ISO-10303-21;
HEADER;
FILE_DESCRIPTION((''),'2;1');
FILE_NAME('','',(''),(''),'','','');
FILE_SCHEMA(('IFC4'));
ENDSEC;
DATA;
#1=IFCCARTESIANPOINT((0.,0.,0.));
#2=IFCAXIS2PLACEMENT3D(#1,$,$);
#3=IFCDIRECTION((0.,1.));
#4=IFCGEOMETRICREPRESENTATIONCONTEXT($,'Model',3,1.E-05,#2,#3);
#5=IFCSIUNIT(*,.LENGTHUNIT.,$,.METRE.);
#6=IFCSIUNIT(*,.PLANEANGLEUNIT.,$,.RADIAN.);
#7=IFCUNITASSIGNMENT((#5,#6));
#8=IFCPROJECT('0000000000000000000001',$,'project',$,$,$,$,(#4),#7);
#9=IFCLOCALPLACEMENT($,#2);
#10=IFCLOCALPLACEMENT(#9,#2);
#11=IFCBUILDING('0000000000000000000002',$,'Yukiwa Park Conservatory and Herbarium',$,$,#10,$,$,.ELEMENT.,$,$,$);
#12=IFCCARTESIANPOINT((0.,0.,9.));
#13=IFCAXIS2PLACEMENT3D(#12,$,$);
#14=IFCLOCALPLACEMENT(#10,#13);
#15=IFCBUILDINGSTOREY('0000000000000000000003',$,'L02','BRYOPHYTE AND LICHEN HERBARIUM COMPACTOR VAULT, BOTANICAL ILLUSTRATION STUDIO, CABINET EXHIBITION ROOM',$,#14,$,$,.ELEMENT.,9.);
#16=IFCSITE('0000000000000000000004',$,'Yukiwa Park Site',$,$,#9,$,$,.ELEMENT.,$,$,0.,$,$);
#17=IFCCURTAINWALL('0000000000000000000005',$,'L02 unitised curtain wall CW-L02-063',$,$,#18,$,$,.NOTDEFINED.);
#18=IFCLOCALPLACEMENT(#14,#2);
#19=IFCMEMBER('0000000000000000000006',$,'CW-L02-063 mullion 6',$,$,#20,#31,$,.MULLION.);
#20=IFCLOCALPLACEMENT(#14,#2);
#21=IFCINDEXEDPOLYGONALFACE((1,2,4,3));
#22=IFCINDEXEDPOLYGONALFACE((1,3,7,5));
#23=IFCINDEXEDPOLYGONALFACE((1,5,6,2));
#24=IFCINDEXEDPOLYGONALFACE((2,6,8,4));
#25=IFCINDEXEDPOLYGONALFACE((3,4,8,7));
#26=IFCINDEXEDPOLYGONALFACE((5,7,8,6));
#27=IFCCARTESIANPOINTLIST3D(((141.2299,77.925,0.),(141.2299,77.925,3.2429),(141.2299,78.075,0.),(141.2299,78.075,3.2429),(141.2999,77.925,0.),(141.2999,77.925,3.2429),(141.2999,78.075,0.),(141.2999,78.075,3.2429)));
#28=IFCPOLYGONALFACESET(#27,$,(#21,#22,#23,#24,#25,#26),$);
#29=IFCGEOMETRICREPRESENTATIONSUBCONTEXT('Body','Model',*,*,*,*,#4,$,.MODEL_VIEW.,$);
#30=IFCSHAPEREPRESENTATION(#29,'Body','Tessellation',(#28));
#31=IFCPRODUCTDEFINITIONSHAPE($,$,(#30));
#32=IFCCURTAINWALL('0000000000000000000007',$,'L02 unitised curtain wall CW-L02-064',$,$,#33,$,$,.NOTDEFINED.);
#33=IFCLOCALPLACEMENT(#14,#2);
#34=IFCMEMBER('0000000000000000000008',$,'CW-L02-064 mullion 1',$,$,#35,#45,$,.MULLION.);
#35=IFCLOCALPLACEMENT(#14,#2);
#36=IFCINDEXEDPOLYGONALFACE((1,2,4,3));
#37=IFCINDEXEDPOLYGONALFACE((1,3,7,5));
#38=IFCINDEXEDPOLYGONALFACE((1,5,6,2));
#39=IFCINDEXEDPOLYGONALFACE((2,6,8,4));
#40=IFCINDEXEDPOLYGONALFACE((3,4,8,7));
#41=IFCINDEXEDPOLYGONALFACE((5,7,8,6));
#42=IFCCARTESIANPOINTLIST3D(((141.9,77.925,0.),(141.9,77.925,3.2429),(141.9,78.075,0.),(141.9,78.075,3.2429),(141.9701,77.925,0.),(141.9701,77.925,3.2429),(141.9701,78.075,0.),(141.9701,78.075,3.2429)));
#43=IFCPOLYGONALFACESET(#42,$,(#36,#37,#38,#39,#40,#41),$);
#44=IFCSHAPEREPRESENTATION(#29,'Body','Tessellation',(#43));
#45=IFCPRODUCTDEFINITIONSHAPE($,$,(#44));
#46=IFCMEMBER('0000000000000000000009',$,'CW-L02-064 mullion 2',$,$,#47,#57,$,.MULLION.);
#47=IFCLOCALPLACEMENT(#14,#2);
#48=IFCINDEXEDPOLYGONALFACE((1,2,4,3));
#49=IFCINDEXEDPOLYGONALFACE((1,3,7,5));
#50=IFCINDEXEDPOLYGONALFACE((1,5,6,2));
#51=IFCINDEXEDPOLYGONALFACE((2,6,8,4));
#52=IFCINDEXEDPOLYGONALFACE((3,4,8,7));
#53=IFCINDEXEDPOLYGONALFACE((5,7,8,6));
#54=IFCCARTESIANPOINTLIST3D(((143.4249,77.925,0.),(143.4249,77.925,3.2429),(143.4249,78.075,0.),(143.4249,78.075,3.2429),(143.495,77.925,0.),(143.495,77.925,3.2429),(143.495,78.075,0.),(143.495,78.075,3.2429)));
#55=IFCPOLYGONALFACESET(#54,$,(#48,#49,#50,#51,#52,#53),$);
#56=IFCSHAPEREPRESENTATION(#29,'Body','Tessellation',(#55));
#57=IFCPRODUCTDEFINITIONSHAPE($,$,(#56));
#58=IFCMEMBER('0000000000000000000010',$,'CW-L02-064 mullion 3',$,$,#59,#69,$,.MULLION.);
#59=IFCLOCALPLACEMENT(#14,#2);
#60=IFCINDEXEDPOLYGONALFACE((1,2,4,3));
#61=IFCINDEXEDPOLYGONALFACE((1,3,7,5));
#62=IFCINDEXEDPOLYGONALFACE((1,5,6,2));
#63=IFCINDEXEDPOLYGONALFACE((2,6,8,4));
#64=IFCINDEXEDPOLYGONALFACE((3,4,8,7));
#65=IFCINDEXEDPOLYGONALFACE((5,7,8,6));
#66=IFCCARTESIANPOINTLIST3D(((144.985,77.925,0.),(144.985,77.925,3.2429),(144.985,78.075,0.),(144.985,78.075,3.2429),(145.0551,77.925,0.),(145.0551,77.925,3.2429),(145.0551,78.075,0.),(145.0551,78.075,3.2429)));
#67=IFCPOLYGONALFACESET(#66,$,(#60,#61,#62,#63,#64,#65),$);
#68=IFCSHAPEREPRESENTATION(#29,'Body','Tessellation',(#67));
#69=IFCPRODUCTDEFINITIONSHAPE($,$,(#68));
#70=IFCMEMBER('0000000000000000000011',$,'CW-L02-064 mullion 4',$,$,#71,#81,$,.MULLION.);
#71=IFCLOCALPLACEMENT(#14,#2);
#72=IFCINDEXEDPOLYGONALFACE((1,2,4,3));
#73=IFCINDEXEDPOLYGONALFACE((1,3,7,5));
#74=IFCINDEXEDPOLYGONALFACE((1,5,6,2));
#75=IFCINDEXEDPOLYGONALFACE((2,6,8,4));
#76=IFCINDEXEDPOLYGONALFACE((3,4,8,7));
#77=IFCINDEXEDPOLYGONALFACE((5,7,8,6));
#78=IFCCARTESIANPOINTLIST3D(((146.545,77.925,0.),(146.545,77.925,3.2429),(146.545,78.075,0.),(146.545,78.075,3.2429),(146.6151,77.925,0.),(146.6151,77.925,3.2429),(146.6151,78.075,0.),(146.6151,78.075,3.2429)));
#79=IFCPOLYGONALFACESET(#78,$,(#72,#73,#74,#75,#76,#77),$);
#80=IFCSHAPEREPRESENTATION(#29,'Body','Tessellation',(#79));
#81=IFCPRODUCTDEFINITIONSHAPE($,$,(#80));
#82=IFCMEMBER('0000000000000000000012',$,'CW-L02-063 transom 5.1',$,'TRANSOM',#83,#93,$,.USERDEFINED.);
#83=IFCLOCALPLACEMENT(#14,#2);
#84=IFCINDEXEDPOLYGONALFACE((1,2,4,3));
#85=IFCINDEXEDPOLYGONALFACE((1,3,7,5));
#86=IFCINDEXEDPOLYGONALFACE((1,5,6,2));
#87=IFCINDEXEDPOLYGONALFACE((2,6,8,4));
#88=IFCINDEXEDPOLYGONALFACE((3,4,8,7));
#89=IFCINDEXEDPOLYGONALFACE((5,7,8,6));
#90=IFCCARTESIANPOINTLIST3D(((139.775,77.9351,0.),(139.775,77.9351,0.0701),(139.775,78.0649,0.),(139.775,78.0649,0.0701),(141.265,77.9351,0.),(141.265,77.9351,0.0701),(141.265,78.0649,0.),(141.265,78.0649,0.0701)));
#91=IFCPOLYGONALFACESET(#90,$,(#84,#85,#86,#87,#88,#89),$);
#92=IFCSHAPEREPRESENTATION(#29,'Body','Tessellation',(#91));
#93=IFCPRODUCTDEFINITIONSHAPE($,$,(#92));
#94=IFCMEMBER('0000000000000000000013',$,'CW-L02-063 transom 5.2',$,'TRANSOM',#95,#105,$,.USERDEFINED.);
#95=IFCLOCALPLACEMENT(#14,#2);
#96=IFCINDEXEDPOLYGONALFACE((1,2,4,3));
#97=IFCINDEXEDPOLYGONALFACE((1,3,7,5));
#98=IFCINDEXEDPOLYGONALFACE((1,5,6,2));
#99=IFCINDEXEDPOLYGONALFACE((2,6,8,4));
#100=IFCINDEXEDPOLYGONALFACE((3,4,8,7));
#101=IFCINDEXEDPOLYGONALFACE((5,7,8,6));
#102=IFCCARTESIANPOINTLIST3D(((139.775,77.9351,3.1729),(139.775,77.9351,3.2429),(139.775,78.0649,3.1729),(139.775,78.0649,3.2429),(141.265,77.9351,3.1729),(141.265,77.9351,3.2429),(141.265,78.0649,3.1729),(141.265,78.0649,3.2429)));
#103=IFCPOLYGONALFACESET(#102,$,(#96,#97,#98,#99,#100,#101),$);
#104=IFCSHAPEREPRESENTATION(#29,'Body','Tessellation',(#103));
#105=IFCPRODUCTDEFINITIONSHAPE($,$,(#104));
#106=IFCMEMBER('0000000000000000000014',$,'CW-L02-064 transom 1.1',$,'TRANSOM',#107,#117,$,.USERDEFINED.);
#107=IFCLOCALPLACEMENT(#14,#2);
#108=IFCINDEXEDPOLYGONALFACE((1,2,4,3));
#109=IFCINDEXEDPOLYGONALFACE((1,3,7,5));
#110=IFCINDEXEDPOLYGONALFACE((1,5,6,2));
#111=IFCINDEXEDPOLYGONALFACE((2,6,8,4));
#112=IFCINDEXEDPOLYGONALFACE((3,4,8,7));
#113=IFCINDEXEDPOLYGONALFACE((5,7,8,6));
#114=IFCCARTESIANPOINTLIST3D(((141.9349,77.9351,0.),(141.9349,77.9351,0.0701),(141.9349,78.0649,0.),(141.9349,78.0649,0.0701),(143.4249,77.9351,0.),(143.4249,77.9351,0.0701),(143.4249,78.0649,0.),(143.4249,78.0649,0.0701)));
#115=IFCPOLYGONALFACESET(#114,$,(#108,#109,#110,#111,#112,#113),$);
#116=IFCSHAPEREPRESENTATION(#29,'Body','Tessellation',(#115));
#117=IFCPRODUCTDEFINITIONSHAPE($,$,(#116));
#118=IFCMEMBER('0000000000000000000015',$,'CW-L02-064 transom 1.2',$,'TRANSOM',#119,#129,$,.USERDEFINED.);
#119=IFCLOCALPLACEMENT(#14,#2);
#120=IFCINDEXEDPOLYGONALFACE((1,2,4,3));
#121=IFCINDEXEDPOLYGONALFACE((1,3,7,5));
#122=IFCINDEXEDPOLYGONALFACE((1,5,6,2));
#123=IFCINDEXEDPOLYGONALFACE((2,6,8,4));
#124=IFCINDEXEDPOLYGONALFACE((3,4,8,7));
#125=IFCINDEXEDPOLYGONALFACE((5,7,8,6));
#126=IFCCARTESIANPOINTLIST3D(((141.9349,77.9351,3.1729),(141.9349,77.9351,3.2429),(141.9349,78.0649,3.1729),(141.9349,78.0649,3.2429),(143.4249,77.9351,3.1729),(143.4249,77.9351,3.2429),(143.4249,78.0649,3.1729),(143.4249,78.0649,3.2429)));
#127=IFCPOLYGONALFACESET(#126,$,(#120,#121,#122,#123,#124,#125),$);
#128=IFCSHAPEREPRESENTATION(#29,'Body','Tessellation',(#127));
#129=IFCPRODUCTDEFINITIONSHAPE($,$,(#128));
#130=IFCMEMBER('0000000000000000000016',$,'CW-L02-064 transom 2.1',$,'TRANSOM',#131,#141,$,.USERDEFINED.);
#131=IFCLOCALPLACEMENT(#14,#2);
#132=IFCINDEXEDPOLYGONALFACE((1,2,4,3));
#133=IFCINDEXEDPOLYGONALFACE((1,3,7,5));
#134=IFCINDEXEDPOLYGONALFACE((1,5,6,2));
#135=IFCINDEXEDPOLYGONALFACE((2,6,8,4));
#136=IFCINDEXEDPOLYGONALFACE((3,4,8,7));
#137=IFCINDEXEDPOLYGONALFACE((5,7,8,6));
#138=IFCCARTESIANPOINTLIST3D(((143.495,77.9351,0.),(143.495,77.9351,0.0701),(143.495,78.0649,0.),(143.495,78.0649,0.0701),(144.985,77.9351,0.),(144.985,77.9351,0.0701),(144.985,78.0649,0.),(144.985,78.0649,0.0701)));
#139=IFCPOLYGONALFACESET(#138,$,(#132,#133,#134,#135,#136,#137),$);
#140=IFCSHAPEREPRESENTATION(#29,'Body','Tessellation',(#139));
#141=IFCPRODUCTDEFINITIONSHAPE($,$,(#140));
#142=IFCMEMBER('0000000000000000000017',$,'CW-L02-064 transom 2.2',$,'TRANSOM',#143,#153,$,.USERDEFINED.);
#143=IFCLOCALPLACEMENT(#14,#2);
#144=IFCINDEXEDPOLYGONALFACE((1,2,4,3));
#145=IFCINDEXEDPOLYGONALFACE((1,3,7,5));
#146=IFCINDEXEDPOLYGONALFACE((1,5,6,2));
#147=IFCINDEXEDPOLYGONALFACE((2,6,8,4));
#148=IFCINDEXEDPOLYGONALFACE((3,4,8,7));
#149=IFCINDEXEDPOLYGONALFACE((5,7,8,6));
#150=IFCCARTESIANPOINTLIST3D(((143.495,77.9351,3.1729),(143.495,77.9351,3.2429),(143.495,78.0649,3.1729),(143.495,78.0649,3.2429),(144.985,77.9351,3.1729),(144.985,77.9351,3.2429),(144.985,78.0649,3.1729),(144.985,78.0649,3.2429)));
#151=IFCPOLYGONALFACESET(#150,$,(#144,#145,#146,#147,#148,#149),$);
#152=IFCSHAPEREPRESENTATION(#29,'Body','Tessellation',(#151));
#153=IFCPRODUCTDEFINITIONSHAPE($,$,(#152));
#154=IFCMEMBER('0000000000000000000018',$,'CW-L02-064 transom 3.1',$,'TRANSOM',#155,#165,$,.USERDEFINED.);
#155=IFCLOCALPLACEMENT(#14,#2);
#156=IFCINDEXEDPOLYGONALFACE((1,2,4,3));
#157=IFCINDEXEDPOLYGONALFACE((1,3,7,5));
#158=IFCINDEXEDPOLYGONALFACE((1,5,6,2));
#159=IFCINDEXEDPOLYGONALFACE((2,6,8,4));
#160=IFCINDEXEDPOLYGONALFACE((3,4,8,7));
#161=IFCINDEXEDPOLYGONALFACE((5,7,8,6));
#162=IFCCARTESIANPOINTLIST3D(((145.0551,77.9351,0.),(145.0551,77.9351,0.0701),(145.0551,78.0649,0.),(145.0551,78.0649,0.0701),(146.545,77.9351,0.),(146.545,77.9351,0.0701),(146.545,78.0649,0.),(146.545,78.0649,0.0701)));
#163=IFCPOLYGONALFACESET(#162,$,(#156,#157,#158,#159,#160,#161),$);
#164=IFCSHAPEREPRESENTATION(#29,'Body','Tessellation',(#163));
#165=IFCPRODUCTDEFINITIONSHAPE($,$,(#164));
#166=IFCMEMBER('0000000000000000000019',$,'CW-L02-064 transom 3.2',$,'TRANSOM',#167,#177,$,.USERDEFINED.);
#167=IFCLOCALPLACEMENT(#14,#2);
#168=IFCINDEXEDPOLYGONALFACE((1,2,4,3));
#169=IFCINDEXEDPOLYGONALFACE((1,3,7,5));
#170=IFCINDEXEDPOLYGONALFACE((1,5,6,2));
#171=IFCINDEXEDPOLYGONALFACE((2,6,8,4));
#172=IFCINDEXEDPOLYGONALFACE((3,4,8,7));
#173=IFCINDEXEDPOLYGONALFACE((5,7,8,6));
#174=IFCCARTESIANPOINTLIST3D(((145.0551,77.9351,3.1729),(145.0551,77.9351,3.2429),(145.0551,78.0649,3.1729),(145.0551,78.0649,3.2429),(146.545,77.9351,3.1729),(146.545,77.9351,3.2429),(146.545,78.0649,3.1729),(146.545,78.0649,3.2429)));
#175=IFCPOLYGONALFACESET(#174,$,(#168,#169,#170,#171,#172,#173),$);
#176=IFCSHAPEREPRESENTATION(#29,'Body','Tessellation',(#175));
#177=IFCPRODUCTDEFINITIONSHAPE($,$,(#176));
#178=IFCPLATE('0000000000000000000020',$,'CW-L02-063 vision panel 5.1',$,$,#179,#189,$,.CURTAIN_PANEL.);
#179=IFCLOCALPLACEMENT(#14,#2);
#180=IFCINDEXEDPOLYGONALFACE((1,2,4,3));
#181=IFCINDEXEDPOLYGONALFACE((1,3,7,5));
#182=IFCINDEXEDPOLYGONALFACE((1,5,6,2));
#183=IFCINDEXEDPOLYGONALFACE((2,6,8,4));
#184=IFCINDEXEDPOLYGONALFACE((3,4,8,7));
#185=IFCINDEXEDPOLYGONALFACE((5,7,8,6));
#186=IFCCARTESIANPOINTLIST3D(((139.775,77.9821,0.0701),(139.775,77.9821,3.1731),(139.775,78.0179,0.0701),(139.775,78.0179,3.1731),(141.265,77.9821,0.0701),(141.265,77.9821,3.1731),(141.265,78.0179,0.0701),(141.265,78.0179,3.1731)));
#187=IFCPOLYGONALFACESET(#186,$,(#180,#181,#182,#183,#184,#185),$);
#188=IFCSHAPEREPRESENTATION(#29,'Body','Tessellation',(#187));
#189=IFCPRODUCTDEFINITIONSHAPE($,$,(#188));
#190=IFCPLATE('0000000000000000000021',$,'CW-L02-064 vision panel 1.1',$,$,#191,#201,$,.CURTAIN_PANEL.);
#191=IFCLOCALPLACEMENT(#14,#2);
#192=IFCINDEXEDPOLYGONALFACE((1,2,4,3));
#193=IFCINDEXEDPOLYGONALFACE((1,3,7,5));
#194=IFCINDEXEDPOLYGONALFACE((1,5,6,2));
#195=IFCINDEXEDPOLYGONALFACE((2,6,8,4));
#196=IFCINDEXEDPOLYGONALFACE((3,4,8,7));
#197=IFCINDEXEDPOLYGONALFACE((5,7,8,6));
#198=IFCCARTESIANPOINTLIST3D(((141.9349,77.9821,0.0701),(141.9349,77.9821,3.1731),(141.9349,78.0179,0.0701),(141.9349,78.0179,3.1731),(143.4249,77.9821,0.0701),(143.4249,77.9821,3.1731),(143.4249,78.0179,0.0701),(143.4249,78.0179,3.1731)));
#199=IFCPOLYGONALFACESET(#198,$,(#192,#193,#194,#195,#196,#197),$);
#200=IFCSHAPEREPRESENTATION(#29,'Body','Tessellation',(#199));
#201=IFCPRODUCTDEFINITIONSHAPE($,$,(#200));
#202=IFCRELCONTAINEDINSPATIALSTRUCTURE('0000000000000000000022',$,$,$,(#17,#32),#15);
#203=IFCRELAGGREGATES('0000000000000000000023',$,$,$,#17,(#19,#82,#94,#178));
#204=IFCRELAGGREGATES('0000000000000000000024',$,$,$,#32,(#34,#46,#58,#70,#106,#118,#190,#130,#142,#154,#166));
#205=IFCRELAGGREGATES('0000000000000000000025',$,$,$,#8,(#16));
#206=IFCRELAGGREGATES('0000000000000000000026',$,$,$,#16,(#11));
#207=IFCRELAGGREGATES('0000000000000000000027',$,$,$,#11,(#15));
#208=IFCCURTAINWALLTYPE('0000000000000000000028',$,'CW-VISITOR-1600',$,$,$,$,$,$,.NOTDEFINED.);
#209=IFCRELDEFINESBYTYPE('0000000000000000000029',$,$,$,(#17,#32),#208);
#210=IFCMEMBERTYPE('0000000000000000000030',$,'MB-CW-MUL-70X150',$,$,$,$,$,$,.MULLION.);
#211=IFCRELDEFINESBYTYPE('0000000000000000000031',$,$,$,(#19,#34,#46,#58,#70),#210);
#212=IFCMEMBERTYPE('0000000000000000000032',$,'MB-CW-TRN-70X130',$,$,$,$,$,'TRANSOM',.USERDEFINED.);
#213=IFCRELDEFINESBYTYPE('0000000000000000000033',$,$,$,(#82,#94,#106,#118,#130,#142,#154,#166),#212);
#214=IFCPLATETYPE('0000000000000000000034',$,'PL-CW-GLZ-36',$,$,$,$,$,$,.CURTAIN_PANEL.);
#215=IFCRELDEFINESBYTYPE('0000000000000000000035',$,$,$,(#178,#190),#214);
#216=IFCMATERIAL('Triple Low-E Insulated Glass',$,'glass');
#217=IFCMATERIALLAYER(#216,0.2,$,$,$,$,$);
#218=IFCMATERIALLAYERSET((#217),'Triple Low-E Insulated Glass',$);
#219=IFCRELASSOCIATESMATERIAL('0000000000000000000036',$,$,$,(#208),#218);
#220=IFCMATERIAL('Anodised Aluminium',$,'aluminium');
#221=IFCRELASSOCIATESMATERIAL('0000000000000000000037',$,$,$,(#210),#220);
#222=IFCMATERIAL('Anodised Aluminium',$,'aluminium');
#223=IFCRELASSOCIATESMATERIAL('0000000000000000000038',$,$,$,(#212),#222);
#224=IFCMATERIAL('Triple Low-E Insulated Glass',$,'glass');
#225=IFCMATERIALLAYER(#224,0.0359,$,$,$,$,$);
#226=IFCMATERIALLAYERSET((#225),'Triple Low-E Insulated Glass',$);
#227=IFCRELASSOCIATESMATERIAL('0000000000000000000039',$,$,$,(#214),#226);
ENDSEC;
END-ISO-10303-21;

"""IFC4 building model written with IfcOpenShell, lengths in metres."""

from ifc_helpers import new_model, si_unit, direction, frame, origin, origin_2d, place, context, subcontext, project, spatial, rectangle, extrude, material, layer, layer_set, type_object, element, aggregate, save


model = new_model("IFC4")

# Units and contexts
model_context = context("Model", 3, precision=1e-05, world=origin(), true_north=direction((0.0, 1.0)))
body_context = subcontext(model_context, "Body", "Model", "MODEL_VIEW")
ifc_project = project(units=[si_unit("LENGTHUNIT", "METRE"), si_unit("PLANEANGLEUNIT", "RADIAN")], contexts=[model_context])

# Site, building, storey
site_placement = place(None, origin())
site = spatial("IfcSite", under=ifc_project, at=site_placement, Name="Yukiwa Park Site", CompositionType="ELEMENT", RefElevation=0.0)
building_placement = place(site_placement, origin())
building = spatial("IfcBuilding", under=site, at=building_placement, Name="Yukiwa Park Conservatory and Herbarium", CompositionType="ELEMENT")
storey_placement = place(building_placement, frame((0.0, 0.0, 9.0)))
storey = spatial("IfcBuildingStorey", under=building, at=storey_placement, Name="L02", Description="BRYOPHYTE AND LICHEN HERBARIUM COMPACTOR VAULT, BOTANICAL ILLUSTRATION STUDIO, CABINET EXHIBITION ROOM", CompositionType="ELEMENT", Elevation=9.0)

# Curtain wall, member
ifc_material_1 = material(Name="Triple Low-E Insulated Glass", Category="glass")
ifc_layer_1 = layer(ifc_material_1, 0.2)
ifc_layer_set_1 = layer_set([ifc_layer_1], Name="Triple Low-E Insulated Glass")
curtain_wall_type = type_object("IfcCurtainWallType", Name="CW-VISITOR-1600", PredefinedType="NOTDEFINED", material=ifc_layer_set_1)
curtain_wall_1_placement = place(storey_placement, origin())
curtain_wall_1 = element("IfcCurtainWall", 1, at=curtain_wall_1_placement, inside=storey, type_object=curtain_wall_type, Name="L02 unitised curtain wall CW-L02-063", PredefinedType="NOTDEFINED")
ifc_material_2 = material(Name="Anodised Aluminium", Category="aluminium")
member_type_1 = type_object("IfcMemberType", Name="MB-CW-MUL-70X150", PredefinedType="MULLION", material=ifc_material_2)
member_1_placement = place(storey_placement, frame((141.2649, 78.0, 0.0), z_axis=(0.0, 0.0, 1.0), x_axis=(1.0, 0.0, 0.0)))
member_1 = element("IfcMember", 2, at=member_1_placement, type_object=member_type_1, Name="CW-L02-063 mullion 6", PredefinedType="MULLION", context=body_context, shape_type="SweptSolid", body=[
    extrude(rectangle(XDim=0.0701, YDim=0.1499, at=origin_2d()), origin(), (0.0, 0.0, 1.0), 3.2429),
])

# Curtain wall, members
curtain_wall_2_placement = place(storey_placement, origin())
curtain_wall_2 = element("IfcCurtainWall", 3, at=curtain_wall_2_placement, inside=storey, type_object=curtain_wall_type, Name="L02 unitised curtain wall CW-L02-064", PredefinedType="NOTDEFINED")
member_2_placement = place(storey_placement, frame((141.9351, 78.0, 0.0), z_axis=(0.0, 0.0, 1.0), x_axis=(1.0, 0.0, 0.0)))
member_2 = element("IfcMember", 4, at=member_2_placement, type_object=member_type_1, Name="CW-L02-064 mullion 1", PredefinedType="MULLION", context=body_context, shape_type="SweptSolid", body=[
    extrude(rectangle(XDim=0.0701, YDim=0.1499, at=origin_2d()), origin(), (0.0, 0.0, 1.0), 3.2429),
])
member_3_placement = place(storey_placement, frame((143.46, 78.0, 0.0), z_axis=(0.0, 0.0, 1.0), x_axis=(1.0, 0.0, 0.0)))
member_3 = element("IfcMember", 5, at=member_3_placement, type_object=member_type_1, Name="CW-L02-064 mullion 2", PredefinedType="MULLION", context=body_context, shape_type="SweptSolid", body=[
    extrude(rectangle(XDim=0.0701, YDim=0.1499, at=origin_2d()), origin(), (0.0, 0.0, 1.0), 3.2429),
])
member_4_placement = place(storey_placement, frame((145.02, 78.0, 0.0), z_axis=(0.0, 0.0, 1.0), x_axis=(1.0, 0.0, 0.0)))
member_4 = element("IfcMember", 6, at=member_4_placement, type_object=member_type_1, Name="CW-L02-064 mullion 3", PredefinedType="MULLION", context=body_context, shape_type="SweptSolid", body=[
    extrude(rectangle(XDim=0.0701, YDim=0.1499, at=origin_2d()), origin(), (0.0, 0.0, 1.0), 3.2429),
])
member_5_placement = place(storey_placement, frame((146.5801, 78.0, 0.0), z_axis=(0.0, 0.0, 1.0), x_axis=(1.0, 0.0, 0.0)))
member_5 = element("IfcMember", 7, at=member_5_placement, type_object=member_type_1, Name="CW-L02-064 mullion 4", PredefinedType="MULLION", context=body_context, shape_type="SweptSolid", body=[
    extrude(rectangle(XDim=0.0701, YDim=0.1499, at=origin_2d()), origin(), (0.0, 0.0, 1.0), 3.2429),
])

# Members
ifc_material_3 = material(Name="Anodised Aluminium", Category="aluminium")
member_type_2 = type_object("IfcMemberType", Name="MB-CW-TRN-70X130", ElementType="TRANSOM", PredefinedType="USERDEFINED", material=ifc_material_3)
member_6_placement = place(storey_placement, frame((140.52, 78.0, 0.0), z_axis=(0.0, 0.0, 1.0), x_axis=(1.0, 0.0, 0.0)))
member_6 = element("IfcMember", 8, at=member_6_placement, type_object=member_type_2, Name="CW-L02-063 transom 5.1", ObjectType="TRANSOM", PredefinedType="USERDEFINED", context=body_context, shape_type="SweptSolid", body=[
    extrude(rectangle(XDim=1.49, YDim=0.1299, at=origin_2d()), origin(), (0.0, 0.0, 1.0), 0.0701),
])
member_7_placement = place(storey_placement, frame((140.52, 78.0, 3.1729), z_axis=(0.0, 0.0, 1.0), x_axis=(1.0, 0.0, 0.0)))
member_7 = element("IfcMember", 9, at=member_7_placement, type_object=member_type_2, Name="CW-L02-063 transom 5.2", ObjectType="TRANSOM", PredefinedType="USERDEFINED", context=body_context, shape_type="SweptSolid", body=[
    extrude(rectangle(XDim=1.49, YDim=0.1299, at=origin_2d()), origin(), (0.0, 0.0, 1.0), 0.0701),
])
member_8_placement = place(storey_placement, frame((142.6799, 78.0, 0.0), z_axis=(0.0, 0.0, 1.0), x_axis=(1.0, 0.0, 0.0)))
member_8 = element("IfcMember", 10, at=member_8_placement, type_object=member_type_2, Name="CW-L02-064 transom 1.1", ObjectType="TRANSOM", PredefinedType="USERDEFINED", context=body_context, shape_type="SweptSolid", body=[
    extrude(rectangle(XDim=1.49, YDim=0.1299, at=origin_2d()), origin(), (0.0, 0.0, 1.0), 0.0701),
])
member_9_placement = place(storey_placement, frame((142.6799, 78.0, 3.1729), z_axis=(0.0, 0.0, 1.0), x_axis=(1.0, 0.0, 0.0)))
member_9 = element("IfcMember", 11, at=member_9_placement, type_object=member_type_2, Name="CW-L02-064 transom 1.2", ObjectType="TRANSOM", PredefinedType="USERDEFINED", context=body_context, shape_type="SweptSolid", body=[
    extrude(rectangle(XDim=1.49, YDim=0.1299, at=origin_2d()), origin(), (0.0, 0.0, 1.0), 0.0701),
])
member_10_placement = place(storey_placement, frame((144.24, 78.0, 0.0), z_axis=(0.0, 0.0, 1.0), x_axis=(1.0, 0.0, 0.0)))
member_10 = element("IfcMember", 12, at=member_10_placement, type_object=member_type_2, Name="CW-L02-064 transom 2.1", ObjectType="TRANSOM", PredefinedType="USERDEFINED", context=body_context, shape_type="SweptSolid", body=[
    extrude(rectangle(XDim=1.49, YDim=0.1299, at=origin_2d()), origin(), (0.0, 0.0, 1.0), 0.0701),
])
member_11_placement = place(storey_placement, frame((144.24, 78.0, 3.1729), z_axis=(0.0, 0.0, 1.0), x_axis=(1.0, 0.0, 0.0)))
member_11 = element("IfcMember", 13, at=member_11_placement, type_object=member_type_2, Name="CW-L02-064 transom 2.2", ObjectType="TRANSOM", PredefinedType="USERDEFINED", context=body_context, shape_type="SweptSolid", body=[
    extrude(rectangle(XDim=1.49, YDim=0.1299, at=origin_2d()), origin(), (0.0, 0.0, 1.0), 0.0701),
])
member_12_placement = place(storey_placement, frame((145.8, 78.0, 0.0), z_axis=(0.0, 0.0, 1.0), x_axis=(1.0, 0.0, 0.0)))
member_12 = element("IfcMember", 14, at=member_12_placement, type_object=member_type_2, Name="CW-L02-064 transom 3.1", ObjectType="TRANSOM", PredefinedType="USERDEFINED", context=body_context, shape_type="SweptSolid", body=[
    extrude(rectangle(XDim=1.49, YDim=0.1299, at=origin_2d()), origin(), (0.0, 0.0, 1.0), 0.0701),
])
member_13_placement = place(storey_placement, frame((145.8, 78.0, 3.1729), z_axis=(0.0, 0.0, 1.0), x_axis=(1.0, 0.0, 0.0)))
member_13 = element("IfcMember", 15, at=member_13_placement, type_object=member_type_2, Name="CW-L02-064 transom 3.2", ObjectType="TRANSOM", PredefinedType="USERDEFINED", context=body_context, shape_type="SweptSolid", body=[
    extrude(rectangle(XDim=1.49, YDim=0.1299, at=origin_2d()), origin(), (0.0, 0.0, 1.0), 0.0701),
])

# Plates
ifc_material_4 = material(Name="Triple Low-E Insulated Glass", Category="glass")
ifc_layer_2 = layer(ifc_material_4, 0.0359)
ifc_layer_set_2 = layer_set([ifc_layer_2], Name="Triple Low-E Insulated Glass")
plate_type = type_object("IfcPlateType", Name="PL-CW-GLZ-36", PredefinedType="CURTAIN_PANEL", material=ifc_layer_set_2)
plate_1_placement = place(storey_placement, frame((140.52, 78.0, 0.0701), z_axis=(0.0, 0.0, 1.0), x_axis=(1.0, 0.0, 0.0)))
plate_1 = element("IfcPlate", 16, at=plate_1_placement, type_object=plate_type, Name="CW-L02-063 vision panel 5.1", PredefinedType="CURTAIN_PANEL", context=body_context, shape_type="SweptSolid", body=[
    extrude(rectangle(XDim=1.49, YDim=0.0359, at=origin_2d()), origin(), (0.0, 0.0, 1.0), 3.103),
])
aggregate(curtain_wall_1, [member_1, member_6, member_7, plate_1])
plate_2_placement = place(storey_placement, frame((142.6799, 78.0, 0.0701), z_axis=(0.0, 0.0, 1.0), x_axis=(1.0, 0.0, 0.0)))
plate_2 = element("IfcPlate", 17, at=plate_2_placement, type_object=plate_type, Name="CW-L02-064 vision panel 1.1", PredefinedType="CURTAIN_PANEL", context=body_context, shape_type="SweptSolid", body=[
    extrude(rectangle(XDim=1.49, YDim=0.0359, at=origin_2d()), origin(), (0.0, 0.0, 1.0), 3.103),
])
aggregate(curtain_wall_2, [member_2, member_3, member_4, member_5, member_8, member_9, plate_2, member_10, member_11, member_12, member_13])

save(model, "model.ifc")
